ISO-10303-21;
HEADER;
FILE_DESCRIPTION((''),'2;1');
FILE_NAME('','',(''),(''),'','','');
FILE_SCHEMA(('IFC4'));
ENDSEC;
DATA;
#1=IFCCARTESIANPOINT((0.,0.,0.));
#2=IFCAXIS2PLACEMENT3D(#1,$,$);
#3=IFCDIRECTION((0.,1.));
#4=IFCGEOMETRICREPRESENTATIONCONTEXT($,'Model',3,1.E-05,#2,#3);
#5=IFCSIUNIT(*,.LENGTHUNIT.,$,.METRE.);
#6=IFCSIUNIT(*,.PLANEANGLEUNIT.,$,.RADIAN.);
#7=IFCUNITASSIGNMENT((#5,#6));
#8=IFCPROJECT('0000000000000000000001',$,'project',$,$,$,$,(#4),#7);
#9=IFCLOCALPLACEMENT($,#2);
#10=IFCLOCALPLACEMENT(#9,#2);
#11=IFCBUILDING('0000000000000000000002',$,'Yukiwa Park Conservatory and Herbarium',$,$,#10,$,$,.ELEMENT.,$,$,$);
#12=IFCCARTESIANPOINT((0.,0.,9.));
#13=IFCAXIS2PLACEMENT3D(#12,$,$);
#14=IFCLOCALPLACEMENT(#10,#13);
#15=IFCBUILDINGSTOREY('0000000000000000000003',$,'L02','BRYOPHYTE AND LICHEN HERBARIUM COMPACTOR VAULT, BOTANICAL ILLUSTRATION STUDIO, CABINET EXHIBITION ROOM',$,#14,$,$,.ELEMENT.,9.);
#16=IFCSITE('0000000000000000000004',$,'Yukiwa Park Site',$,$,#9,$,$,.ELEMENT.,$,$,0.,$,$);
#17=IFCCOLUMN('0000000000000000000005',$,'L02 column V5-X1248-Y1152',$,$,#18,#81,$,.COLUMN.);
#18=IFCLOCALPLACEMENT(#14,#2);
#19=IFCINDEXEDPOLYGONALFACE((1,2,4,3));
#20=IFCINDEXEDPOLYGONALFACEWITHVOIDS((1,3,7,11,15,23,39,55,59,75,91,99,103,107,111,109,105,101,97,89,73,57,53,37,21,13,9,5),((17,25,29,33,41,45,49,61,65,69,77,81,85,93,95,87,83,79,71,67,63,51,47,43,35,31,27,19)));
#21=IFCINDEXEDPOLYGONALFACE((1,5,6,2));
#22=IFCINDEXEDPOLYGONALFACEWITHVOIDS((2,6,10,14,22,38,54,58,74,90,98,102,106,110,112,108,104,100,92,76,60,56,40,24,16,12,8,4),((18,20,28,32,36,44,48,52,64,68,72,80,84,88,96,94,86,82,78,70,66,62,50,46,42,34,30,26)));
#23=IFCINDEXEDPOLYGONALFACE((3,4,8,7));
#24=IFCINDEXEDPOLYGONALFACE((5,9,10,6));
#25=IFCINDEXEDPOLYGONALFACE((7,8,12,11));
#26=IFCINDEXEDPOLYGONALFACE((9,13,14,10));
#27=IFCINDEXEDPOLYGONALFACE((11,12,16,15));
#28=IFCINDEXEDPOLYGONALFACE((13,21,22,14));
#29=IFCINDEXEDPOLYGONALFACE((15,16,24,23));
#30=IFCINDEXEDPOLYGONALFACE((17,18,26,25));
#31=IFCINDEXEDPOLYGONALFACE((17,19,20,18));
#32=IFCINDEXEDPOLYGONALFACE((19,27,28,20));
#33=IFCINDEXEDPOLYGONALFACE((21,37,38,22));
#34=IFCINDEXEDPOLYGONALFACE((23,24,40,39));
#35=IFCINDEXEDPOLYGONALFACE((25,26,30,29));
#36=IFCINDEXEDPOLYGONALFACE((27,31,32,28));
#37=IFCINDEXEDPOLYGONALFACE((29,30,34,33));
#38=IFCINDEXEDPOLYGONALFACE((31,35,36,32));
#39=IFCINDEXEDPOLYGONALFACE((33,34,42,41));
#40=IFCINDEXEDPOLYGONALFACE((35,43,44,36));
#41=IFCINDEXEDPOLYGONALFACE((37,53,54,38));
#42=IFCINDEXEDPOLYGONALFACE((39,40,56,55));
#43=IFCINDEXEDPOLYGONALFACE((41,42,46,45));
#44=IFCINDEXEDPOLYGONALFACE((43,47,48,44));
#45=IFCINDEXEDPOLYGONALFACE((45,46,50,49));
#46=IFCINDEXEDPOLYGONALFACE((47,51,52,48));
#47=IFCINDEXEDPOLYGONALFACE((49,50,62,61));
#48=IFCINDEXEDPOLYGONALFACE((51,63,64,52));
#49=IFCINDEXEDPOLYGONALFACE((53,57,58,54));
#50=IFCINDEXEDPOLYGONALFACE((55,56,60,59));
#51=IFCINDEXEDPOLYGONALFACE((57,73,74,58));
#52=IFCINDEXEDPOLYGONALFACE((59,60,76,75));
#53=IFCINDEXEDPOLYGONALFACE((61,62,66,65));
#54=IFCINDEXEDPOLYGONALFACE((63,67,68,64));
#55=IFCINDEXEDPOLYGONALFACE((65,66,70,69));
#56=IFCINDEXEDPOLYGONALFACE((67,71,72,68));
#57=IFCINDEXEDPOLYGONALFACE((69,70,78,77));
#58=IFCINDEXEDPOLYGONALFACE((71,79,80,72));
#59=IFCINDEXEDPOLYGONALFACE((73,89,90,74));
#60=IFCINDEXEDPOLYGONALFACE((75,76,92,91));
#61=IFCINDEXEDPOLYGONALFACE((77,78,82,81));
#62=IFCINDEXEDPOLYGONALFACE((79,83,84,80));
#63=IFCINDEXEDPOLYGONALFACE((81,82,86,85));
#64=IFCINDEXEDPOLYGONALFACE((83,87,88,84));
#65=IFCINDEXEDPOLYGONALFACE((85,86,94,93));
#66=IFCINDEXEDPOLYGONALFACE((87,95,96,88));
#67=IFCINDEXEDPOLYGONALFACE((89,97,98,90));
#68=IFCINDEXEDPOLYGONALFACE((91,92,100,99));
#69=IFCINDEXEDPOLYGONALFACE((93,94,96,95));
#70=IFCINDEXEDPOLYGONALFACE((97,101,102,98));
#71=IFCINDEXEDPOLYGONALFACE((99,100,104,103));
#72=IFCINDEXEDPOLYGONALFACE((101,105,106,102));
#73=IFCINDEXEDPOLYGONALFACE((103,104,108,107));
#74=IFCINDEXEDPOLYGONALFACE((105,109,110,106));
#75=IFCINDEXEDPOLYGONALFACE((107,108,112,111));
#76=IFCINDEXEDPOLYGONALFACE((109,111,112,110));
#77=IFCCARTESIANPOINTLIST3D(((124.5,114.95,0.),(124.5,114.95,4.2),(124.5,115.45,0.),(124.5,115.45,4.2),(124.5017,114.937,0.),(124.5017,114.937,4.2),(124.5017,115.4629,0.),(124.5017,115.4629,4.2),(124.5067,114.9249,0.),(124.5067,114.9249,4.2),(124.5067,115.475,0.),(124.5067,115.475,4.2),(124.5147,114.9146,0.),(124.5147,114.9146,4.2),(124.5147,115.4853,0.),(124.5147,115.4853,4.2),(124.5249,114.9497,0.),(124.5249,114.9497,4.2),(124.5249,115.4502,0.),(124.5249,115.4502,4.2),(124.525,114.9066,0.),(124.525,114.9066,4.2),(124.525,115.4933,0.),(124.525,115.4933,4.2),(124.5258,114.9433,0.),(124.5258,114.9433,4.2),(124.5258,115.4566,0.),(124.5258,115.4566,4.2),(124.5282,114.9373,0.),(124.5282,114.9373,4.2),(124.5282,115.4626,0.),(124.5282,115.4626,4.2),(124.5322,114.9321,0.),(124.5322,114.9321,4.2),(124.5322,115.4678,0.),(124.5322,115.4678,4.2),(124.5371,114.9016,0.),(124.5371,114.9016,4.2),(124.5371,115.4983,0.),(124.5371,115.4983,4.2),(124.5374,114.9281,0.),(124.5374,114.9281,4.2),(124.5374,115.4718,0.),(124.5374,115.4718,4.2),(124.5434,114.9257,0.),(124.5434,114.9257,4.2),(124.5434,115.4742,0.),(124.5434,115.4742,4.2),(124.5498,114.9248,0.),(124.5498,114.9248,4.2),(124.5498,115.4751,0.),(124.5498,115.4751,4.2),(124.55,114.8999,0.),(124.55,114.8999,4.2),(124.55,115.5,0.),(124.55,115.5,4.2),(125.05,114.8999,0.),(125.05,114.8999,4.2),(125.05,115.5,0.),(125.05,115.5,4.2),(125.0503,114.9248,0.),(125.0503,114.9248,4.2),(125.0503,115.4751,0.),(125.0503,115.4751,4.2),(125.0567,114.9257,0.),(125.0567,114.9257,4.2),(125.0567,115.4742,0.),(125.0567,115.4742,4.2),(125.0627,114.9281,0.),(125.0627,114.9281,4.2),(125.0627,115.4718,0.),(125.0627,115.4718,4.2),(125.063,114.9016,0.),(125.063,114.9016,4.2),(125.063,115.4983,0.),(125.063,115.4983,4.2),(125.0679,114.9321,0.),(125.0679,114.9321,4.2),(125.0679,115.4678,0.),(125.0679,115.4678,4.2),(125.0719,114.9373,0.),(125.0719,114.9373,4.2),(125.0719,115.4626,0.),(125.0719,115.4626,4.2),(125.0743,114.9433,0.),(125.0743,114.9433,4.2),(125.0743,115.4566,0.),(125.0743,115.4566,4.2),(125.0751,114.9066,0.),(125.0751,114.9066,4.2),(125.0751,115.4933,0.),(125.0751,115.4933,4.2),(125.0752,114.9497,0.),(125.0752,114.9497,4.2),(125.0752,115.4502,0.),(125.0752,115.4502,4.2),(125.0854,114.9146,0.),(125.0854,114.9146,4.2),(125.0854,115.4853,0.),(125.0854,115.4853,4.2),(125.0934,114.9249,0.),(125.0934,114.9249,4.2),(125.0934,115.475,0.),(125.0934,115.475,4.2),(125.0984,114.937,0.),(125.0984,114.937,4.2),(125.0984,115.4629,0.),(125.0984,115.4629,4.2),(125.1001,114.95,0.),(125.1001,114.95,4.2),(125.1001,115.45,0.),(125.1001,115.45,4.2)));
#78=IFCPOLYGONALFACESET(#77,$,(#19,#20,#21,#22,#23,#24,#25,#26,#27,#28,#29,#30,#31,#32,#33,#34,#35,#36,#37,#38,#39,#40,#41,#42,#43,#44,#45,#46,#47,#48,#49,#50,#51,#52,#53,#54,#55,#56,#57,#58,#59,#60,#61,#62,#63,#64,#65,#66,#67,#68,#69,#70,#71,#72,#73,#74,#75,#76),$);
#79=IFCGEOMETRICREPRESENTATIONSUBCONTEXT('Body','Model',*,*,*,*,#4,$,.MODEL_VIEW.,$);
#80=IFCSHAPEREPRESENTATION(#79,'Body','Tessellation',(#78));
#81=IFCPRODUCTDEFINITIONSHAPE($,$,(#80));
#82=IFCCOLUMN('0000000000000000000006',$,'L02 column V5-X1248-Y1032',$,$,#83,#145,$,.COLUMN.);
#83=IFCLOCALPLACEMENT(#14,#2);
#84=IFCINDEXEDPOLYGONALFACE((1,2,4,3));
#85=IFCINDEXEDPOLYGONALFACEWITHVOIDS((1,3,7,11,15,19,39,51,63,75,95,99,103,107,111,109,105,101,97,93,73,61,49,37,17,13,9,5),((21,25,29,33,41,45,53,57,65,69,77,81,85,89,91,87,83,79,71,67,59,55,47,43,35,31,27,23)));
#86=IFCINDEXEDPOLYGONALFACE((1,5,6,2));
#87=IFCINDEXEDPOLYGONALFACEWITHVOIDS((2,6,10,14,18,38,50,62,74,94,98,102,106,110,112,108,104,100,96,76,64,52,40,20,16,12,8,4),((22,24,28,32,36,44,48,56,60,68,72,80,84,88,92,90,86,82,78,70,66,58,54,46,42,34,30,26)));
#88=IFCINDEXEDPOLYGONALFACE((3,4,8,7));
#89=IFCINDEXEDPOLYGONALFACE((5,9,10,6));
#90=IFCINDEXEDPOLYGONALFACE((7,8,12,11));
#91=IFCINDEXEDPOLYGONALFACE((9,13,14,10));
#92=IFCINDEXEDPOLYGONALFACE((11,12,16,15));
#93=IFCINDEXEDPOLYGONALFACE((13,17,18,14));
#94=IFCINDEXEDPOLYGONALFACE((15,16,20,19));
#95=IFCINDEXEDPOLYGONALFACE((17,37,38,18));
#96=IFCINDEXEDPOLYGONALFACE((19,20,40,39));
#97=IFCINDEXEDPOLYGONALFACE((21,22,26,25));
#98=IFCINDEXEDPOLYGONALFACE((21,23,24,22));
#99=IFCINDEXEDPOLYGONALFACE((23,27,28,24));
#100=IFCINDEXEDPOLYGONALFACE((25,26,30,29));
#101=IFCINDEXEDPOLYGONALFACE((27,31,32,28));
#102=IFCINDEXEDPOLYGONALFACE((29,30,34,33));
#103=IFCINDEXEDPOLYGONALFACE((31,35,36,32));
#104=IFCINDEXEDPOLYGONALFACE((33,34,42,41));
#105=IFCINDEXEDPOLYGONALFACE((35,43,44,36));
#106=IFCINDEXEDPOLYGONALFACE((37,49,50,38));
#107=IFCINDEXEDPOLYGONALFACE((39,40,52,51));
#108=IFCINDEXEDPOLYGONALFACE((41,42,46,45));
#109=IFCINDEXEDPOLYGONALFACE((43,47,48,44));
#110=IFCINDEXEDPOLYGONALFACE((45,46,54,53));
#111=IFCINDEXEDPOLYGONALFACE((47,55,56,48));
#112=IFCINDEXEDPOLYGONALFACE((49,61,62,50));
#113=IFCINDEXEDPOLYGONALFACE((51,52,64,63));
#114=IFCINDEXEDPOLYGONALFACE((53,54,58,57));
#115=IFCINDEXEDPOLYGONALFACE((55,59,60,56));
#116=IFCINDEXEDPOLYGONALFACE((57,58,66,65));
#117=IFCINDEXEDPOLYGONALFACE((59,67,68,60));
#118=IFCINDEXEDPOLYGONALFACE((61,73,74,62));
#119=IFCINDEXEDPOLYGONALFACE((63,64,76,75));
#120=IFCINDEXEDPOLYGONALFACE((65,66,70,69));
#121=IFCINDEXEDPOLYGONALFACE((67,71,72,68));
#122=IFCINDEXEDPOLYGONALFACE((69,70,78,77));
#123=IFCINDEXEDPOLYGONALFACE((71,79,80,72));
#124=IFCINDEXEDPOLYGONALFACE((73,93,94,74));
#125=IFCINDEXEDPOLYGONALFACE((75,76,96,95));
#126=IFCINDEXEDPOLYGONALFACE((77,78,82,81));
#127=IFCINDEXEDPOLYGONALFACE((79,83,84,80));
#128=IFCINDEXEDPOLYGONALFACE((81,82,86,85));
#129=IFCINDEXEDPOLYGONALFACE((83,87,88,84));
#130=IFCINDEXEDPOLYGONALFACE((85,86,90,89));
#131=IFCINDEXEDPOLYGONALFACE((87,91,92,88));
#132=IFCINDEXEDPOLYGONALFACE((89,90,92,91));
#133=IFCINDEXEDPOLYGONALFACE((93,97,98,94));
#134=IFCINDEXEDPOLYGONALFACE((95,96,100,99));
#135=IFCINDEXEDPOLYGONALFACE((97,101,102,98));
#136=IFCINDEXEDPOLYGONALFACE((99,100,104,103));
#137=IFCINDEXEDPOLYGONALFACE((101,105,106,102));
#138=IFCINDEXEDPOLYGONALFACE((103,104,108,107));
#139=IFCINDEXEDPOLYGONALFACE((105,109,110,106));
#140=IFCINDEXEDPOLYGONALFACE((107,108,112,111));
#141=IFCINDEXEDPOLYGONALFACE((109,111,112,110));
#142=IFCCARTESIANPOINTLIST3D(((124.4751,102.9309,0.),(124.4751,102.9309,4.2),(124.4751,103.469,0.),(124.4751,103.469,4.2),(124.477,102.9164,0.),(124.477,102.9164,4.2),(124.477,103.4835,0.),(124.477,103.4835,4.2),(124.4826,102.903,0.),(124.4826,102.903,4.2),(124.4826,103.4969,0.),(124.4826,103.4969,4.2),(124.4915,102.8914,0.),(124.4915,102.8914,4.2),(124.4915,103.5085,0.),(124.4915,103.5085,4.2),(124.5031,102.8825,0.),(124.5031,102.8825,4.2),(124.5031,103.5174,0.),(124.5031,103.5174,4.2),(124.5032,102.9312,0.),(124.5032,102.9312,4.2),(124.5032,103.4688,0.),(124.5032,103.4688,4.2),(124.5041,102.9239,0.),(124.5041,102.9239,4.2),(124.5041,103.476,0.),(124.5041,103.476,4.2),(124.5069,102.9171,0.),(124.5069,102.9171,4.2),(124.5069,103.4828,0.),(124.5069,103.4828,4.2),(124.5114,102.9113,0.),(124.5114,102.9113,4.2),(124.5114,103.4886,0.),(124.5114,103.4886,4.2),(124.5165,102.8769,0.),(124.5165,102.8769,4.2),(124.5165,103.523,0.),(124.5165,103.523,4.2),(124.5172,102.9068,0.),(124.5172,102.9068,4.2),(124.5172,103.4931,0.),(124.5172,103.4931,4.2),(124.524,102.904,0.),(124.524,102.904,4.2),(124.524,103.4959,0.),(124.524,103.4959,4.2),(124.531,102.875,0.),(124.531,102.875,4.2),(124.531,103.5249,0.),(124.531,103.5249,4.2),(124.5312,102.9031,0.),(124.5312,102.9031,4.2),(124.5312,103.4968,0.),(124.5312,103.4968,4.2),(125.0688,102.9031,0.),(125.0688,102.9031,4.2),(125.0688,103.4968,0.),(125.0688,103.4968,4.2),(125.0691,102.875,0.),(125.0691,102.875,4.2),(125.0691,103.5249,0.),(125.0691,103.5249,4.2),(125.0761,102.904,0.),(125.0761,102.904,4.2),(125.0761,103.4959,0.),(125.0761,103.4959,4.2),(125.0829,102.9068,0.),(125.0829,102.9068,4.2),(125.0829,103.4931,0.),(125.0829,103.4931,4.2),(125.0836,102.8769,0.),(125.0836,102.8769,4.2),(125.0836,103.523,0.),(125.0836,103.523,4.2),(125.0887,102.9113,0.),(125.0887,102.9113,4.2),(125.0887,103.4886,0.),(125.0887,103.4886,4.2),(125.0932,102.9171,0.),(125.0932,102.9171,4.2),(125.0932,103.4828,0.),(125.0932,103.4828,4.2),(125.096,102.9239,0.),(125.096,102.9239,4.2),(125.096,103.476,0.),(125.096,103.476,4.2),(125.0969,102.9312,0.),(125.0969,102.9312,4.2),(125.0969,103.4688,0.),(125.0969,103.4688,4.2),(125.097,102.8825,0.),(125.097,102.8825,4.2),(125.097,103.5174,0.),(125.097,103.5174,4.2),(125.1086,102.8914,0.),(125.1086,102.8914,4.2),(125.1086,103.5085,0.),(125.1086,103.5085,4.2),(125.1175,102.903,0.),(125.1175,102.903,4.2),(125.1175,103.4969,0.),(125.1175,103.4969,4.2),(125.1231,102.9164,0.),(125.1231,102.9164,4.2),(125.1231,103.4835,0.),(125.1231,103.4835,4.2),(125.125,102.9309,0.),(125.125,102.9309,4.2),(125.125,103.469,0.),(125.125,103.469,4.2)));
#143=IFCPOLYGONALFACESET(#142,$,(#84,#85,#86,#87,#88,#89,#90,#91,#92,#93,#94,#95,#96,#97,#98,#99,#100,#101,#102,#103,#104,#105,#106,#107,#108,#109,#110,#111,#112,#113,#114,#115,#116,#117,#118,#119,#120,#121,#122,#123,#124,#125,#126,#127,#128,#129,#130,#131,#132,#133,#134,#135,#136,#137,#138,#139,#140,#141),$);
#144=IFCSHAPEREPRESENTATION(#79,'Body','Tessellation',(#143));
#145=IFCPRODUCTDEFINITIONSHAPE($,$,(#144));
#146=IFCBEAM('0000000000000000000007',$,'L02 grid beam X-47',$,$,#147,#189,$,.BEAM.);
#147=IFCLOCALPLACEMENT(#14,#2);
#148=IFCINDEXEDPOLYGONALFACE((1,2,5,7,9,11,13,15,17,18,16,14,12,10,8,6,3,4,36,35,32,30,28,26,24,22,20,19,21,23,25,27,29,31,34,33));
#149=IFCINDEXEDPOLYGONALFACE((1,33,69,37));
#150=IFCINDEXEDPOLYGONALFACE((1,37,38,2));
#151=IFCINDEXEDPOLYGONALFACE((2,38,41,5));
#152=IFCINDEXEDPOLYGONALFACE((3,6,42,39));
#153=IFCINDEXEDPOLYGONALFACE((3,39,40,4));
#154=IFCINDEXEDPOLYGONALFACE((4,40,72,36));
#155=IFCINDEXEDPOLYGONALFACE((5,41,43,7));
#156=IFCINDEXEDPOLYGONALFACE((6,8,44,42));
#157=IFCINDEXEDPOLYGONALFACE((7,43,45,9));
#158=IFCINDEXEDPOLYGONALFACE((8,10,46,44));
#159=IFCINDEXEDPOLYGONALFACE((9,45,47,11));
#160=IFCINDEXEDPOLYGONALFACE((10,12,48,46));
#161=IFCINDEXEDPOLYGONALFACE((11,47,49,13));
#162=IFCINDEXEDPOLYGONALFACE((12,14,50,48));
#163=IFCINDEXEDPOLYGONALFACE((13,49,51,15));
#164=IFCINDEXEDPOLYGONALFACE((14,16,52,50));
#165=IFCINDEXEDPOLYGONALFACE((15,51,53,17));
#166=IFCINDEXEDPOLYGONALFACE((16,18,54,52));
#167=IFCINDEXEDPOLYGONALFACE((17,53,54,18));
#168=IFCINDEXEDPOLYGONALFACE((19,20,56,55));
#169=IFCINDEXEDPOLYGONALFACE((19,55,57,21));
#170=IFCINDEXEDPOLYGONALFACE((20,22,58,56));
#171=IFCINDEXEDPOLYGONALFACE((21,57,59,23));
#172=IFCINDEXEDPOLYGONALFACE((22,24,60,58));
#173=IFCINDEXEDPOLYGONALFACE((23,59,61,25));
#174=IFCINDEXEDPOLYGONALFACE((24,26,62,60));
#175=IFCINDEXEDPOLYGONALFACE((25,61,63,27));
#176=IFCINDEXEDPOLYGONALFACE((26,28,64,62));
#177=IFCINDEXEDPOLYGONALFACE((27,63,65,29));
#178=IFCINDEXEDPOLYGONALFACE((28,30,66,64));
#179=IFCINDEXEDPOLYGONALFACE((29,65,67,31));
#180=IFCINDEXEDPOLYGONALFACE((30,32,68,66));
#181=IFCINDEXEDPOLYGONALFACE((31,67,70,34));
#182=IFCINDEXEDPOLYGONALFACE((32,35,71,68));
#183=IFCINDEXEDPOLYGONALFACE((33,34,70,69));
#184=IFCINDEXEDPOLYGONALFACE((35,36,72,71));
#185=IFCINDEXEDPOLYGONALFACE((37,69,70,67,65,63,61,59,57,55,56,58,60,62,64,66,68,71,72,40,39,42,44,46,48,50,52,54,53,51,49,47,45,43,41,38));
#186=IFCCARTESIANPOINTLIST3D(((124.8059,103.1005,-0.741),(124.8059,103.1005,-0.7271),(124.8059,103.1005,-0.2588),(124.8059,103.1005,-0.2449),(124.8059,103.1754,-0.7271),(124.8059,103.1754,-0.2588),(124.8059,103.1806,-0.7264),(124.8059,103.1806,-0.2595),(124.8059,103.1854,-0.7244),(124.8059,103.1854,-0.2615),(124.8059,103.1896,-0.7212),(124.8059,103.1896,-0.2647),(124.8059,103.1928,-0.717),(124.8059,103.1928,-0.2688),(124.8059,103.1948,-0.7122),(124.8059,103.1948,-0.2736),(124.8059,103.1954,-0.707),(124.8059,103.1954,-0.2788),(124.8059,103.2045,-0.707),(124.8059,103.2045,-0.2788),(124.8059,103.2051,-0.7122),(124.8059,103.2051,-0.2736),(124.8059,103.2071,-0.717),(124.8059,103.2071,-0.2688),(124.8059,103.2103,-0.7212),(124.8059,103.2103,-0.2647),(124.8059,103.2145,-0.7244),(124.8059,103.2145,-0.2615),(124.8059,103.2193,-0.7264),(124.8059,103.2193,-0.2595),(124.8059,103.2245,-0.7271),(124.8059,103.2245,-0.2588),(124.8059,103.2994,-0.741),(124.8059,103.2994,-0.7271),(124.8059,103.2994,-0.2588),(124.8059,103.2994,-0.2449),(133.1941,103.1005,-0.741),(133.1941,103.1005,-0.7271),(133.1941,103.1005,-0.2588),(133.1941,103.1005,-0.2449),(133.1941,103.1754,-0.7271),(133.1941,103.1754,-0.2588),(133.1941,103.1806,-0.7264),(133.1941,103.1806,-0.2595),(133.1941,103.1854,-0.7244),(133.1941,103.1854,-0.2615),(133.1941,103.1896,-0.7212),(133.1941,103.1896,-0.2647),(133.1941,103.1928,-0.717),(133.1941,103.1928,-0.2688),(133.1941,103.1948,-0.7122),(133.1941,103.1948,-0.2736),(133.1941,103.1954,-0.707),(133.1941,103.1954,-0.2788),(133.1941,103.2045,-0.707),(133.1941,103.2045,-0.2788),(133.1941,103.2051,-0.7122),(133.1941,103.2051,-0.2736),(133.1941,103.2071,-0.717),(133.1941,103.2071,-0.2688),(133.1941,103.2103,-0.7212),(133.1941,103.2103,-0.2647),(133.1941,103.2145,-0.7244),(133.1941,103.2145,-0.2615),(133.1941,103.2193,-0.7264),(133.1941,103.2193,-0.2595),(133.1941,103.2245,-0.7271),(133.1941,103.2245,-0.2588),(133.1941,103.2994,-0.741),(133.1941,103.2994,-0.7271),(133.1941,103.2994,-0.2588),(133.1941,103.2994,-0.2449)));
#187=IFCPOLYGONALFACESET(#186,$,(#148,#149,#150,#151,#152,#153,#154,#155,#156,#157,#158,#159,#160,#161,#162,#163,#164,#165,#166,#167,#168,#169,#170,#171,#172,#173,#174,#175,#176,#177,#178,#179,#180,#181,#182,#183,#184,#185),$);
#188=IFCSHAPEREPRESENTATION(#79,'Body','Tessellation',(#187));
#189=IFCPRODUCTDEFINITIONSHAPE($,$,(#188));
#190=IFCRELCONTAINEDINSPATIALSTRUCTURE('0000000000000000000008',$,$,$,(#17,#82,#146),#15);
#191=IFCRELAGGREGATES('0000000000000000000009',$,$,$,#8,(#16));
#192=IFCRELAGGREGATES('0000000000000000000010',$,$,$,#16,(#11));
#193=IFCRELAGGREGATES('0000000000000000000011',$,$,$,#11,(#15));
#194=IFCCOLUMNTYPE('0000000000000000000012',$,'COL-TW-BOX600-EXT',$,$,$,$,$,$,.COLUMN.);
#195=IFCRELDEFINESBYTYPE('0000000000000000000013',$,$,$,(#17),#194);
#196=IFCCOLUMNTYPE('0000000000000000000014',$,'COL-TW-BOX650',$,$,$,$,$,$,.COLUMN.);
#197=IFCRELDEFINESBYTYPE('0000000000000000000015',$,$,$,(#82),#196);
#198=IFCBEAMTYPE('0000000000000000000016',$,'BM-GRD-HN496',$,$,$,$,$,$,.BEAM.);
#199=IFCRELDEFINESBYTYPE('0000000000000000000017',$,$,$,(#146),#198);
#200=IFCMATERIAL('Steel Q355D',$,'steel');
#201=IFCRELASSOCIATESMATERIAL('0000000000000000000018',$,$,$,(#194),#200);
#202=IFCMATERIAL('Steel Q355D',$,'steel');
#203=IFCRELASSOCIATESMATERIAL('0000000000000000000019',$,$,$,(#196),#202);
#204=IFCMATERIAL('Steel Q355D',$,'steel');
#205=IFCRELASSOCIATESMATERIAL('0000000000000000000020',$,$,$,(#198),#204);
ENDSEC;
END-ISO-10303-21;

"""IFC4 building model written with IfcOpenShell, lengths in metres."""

from ifc_helpers import new_model, si_unit, direction, frame, origin, origin_2d, place, context, subcontext, project, spatial, hollow_rectangle, i_section, extrude, material, material_profile, profile_set, type_object, element, save


model = new_model("IFC4")

# Units and contexts
model_context = context("Model", 3, precision=1e-05, world=origin(), true_north=direction((0.0, 1.0)))
body_context = subcontext(model_context, "Body", "Model", "MODEL_VIEW")
ifc_project = project(units=[si_unit("LENGTHUNIT", "METRE"), si_unit("PLANEANGLEUNIT", "RADIAN")], contexts=[model_context])

# Site, building, storey
site_placement = place(None, origin())
site = spatial("IfcSite", under=ifc_project, at=site_placement, Name="Yukiwa Park Site", CompositionType="ELEMENT", RefElevation=0.0)
building_placement = place(site_placement, origin())
building = spatial("IfcBuilding", under=site, at=building_placement, Name="Yukiwa Park Conservatory and Herbarium", CompositionType="ELEMENT")
storey_placement = place(building_placement, frame((0.0, 0.0, 9.0)))
storey = spatial("IfcBuildingStorey", under=building, at=storey_placement, Name="L02", Description="BRYOPHYTE AND LICHEN HERBARIUM COMPACTOR VAULT, BOTANICAL ILLUSTRATION STUDIO, CABINET EXHIBITION ROOM", CompositionType="ELEMENT", Elevation=9.0)

# Columns
ifc_material_1 = material(Name="Steel Q355D", Category="steel")
ifc_material_profile_1 = material_profile(ifc_material_1, hollow_rectangle(XDim=0.6001, YDim=0.6001, WallThickness=0.0249, InnerFilletRadius=0.0249, OuterFilletRadius=0.05, at=origin_2d()), Name="BOX 600x600x25")
ifc_profile_set_1 = profile_set([ifc_material_profile_1], Name="Steel Q355D")
column_type_1 = type_object("IfcColumnType", Name="COL-TW-BOX600-EXT", PredefinedType="COLUMN", material=ifc_profile_set_1)
column_1_placement = place(storey_placement, frame((124.8, 115.2, 0.0), z_axis=(0.0, 0.0, 1.0), x_axis=(1.0, 0.0, 0.0)))
element("IfcColumn", 1, at=column_1_placement, inside=storey, type_object=column_type_1, Name="L02 column V5-X1248-Y1152", PredefinedType="COLUMN", context=body_context, shape_type="SweptSolid", body=[
    extrude(hollow_rectangle(XDim=0.6001, YDim=0.6001, WallThickness=0.0249, InnerFilletRadius=0.0249, OuterFilletRadius=0.05, at=origin_2d()), origin(), (0.0, 0.0, 1.0), 4.2),
])
ifc_material_2 = material(Name="Steel Q355D", Category="steel")
ifc_material_profile_2 = material_profile(ifc_material_2, hollow_rectangle(XDim=0.6499, YDim=0.6499, WallThickness=0.0281, InnerFilletRadius=0.0281, OuterFilletRadius=0.0559, at=origin_2d()), Name="BOX 650x650x28")
ifc_profile_set_2 = profile_set([ifc_material_profile_2], Name="Steel Q355D")
column_type_2 = type_object("IfcColumnType", Name="COL-TW-BOX650", PredefinedType="COLUMN", material=ifc_profile_set_2)
column_2_placement = place(storey_placement, frame((124.8, 103.2, 0.0), z_axis=(0.0, 0.0, 1.0), x_axis=(1.0, 0.0, 0.0)))
element("IfcColumn", 2, at=column_2_placement, inside=storey, type_object=column_type_2, Name="L02 column V5-X1248-Y1032", PredefinedType="COLUMN", context=body_context, shape_type="SweptSolid", body=[
    extrude(hollow_rectangle(XDim=0.6499, YDim=0.6499, WallThickness=0.0281, InnerFilletRadius=0.0281, OuterFilletRadius=0.0559, at=origin_2d()), origin(), (0.0, 0.0, 1.0), 4.2),
])

# Beam
ifc_material_3 = material(Name="Steel Q355D", Category="steel")
ifc_material_profile_3 = material_profile(ifc_material_3, i_section(OverallWidth=0.199, OverallDepth=0.4961, WebThickness=0.009, FlangeThickness=0.0139, FilletRadius=0.02, at=origin_2d()), Name="HN 496x199x9x14")
ifc_profile_set_3 = profile_set([ifc_material_profile_3], Name="Steel Q355D")
beam_type_1 = type_object("IfcBeamType", Name="BM-GRD-HN496", PredefinedType="BEAM", material=ifc_profile_set_3)
beam_1_placement = place(storey_placement, frame((124.8059, 103.2, -0.4929), z_axis=(1.0, 0.0, 0.0), x_axis=(0.0, 1.0, 0.0)))
element("IfcBeam", 3, at=beam_1_placement, inside=storey, type_object=beam_type_1, Name="L02 grid beam X-47", PredefinedType="BEAM", context=body_context, shape_type="SweptSolid", body=[
    extrude(i_section(OverallWidth=0.199, OverallDepth=0.4961, WebThickness=0.009, FlangeThickness=0.0139, FilletRadius=0.02, at=origin_2d()), origin(), (0.0, 0.0, 1.0), 8.3882),
])

save(model, "model.ifc")
